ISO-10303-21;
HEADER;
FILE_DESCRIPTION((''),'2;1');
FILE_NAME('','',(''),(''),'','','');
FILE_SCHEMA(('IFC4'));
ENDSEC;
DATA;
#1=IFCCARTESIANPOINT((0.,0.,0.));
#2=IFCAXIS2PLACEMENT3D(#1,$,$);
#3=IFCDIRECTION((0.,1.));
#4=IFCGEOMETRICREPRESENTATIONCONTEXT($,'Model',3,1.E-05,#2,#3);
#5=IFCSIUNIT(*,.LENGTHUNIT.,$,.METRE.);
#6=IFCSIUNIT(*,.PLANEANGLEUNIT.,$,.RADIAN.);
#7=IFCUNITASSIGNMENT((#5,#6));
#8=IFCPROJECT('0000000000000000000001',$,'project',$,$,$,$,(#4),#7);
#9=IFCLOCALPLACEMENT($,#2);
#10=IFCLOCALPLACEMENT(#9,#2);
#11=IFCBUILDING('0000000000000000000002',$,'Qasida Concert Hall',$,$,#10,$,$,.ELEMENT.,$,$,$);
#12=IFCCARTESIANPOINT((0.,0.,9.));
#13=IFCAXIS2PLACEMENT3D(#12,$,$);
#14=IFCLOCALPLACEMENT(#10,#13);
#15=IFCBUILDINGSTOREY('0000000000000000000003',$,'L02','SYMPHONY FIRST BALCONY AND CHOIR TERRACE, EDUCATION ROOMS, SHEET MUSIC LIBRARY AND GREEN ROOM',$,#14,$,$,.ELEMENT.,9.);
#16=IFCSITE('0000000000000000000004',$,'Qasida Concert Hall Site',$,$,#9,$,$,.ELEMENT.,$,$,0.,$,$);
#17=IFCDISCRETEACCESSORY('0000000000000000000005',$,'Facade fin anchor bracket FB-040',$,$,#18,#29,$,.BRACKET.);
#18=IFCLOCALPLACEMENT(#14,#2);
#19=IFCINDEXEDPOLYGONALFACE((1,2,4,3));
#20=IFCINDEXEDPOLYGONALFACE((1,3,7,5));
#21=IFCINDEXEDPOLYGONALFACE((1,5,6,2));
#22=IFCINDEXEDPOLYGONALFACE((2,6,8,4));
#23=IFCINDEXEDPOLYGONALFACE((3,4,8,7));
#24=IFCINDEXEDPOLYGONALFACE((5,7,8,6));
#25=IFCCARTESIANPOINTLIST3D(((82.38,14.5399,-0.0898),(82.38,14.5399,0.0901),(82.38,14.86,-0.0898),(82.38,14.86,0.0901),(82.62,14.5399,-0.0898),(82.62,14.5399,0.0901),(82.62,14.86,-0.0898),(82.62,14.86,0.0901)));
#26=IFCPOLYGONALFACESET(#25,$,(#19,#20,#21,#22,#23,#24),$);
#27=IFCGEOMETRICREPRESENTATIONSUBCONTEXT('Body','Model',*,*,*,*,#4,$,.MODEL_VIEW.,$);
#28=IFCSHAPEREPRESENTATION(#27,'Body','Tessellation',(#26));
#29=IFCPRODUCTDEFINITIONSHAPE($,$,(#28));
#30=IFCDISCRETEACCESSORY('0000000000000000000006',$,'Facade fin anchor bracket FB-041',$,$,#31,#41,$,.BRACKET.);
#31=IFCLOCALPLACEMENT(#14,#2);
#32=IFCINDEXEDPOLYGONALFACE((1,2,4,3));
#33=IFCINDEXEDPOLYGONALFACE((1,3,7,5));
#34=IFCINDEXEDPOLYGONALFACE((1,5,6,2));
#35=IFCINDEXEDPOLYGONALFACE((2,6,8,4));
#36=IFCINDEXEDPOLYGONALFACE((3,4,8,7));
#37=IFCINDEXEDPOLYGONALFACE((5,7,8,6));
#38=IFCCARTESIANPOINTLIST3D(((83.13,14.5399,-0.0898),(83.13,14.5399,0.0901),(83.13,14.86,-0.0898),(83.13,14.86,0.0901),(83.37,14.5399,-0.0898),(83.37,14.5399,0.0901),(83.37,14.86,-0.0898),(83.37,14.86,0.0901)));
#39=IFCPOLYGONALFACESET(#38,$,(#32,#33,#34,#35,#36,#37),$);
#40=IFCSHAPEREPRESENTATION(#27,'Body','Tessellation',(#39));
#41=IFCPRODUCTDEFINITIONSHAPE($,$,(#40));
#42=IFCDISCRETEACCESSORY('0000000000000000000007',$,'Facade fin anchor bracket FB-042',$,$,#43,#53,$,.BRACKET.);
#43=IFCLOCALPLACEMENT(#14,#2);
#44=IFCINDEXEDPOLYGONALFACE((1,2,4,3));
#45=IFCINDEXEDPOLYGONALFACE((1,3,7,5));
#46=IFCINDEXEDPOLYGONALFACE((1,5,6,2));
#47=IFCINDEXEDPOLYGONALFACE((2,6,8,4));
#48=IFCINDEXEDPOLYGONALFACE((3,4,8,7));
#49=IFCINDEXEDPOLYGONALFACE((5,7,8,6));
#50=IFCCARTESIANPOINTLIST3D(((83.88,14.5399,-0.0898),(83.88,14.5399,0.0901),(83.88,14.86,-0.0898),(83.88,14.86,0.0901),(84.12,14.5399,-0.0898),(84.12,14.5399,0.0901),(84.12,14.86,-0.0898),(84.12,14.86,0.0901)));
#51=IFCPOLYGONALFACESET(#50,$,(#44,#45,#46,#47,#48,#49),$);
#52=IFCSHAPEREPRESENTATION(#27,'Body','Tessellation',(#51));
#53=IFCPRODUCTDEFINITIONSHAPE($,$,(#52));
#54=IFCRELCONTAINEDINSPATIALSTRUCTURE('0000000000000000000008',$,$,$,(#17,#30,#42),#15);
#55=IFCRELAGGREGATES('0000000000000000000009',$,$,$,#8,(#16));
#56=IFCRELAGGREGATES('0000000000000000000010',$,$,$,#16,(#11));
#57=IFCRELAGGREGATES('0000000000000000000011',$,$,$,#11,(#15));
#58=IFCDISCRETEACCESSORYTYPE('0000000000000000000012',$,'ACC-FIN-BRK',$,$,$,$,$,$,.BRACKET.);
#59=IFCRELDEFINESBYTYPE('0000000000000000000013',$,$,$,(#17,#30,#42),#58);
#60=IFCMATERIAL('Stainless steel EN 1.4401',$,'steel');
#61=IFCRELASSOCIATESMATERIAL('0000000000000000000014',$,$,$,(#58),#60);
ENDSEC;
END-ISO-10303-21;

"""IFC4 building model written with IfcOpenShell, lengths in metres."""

from ifc_helpers import new_model, si_unit, direction, frame, origin, origin_2d, place, context, subcontext, project, spatial, rectangle, extrude, material, type_object, element, save


model = new_model("IFC4")

# Units and contexts
model_context = context("Model", 3, precision=1e-05, world=origin(), true_north=direction((0.0, 1.0)))
body_context = subcontext(model_context, "Body", "Model", "MODEL_VIEW")
ifc_project = project(units=[si_unit("LENGTHUNIT", "METRE"), si_unit("PLANEANGLEUNIT", "RADIAN")], contexts=[model_context])

# Site, building, storey
site_placement = place(None, origin())
site = spatial("IfcSite", under=ifc_project, at=site_placement, Name="Qasida Concert Hall Site", CompositionType="ELEMENT", RefElevation=0.0)
building_placement = place(site_placement, origin())
building = spatial("IfcBuilding", under=site, at=building_placement, Name="Qasida Concert Hall", CompositionType="ELEMENT")
storey_placement = place(building_placement, frame((0.0, 0.0, 9.0)))
storey = spatial("IfcBuildingStorey", under=building, at=storey_placement, Name="L02", Description="SYMPHONY FIRST BALCONY AND CHOIR TERRACE, EDUCATION ROOMS, SHEET MUSIC LIBRARY AND GREEN ROOM", CompositionType="ELEMENT", Elevation=9.0)

# Discrete accessories
ifc_material_1 = material(Name="Stainless steel EN 1.4401", Category="steel")
discrete_accessory_type = type_object("IfcDiscreteAccessoryType", Name="ACC-FIN-BRK", PredefinedType="BRACKET", material=ifc_material_1)
for number, where, z_axis, x_axis, name in (
    (1, (82.5, 14.7, -0.0898), (0.0, 0.0, 1.0), (1.0, 0.0, 0.0), "Facade fin anchor bracket FB-040"),
    (2, (83.25, 14.7, -0.0898), (0.0, 0.0, 1.0), (1.0, 0.0, 0.0), "Facade fin anchor bracket FB-041"),
    (3, (84.0, 14.7, -0.0898), (0.0, 0.0, 1.0), (1.0, 0.0, 0.0), "Facade fin anchor bracket FB-042"),
):
    element("IfcDiscreteAccessory", number, at=place(storey_placement, frame(where, z_axis=z_axis, x_axis=x_axis)), inside=storey, type_object=discrete_accessory_type, Name=name, PredefinedType="BRACKET", context=body_context, shape_type="SweptSolid", body=[
        extrude(rectangle(XDim=0.24, YDim=0.3201, at=origin_2d()), origin(), (0.0, 0.0, 1.0), 0.1799),
    ])

save(model, "model.ifc")
